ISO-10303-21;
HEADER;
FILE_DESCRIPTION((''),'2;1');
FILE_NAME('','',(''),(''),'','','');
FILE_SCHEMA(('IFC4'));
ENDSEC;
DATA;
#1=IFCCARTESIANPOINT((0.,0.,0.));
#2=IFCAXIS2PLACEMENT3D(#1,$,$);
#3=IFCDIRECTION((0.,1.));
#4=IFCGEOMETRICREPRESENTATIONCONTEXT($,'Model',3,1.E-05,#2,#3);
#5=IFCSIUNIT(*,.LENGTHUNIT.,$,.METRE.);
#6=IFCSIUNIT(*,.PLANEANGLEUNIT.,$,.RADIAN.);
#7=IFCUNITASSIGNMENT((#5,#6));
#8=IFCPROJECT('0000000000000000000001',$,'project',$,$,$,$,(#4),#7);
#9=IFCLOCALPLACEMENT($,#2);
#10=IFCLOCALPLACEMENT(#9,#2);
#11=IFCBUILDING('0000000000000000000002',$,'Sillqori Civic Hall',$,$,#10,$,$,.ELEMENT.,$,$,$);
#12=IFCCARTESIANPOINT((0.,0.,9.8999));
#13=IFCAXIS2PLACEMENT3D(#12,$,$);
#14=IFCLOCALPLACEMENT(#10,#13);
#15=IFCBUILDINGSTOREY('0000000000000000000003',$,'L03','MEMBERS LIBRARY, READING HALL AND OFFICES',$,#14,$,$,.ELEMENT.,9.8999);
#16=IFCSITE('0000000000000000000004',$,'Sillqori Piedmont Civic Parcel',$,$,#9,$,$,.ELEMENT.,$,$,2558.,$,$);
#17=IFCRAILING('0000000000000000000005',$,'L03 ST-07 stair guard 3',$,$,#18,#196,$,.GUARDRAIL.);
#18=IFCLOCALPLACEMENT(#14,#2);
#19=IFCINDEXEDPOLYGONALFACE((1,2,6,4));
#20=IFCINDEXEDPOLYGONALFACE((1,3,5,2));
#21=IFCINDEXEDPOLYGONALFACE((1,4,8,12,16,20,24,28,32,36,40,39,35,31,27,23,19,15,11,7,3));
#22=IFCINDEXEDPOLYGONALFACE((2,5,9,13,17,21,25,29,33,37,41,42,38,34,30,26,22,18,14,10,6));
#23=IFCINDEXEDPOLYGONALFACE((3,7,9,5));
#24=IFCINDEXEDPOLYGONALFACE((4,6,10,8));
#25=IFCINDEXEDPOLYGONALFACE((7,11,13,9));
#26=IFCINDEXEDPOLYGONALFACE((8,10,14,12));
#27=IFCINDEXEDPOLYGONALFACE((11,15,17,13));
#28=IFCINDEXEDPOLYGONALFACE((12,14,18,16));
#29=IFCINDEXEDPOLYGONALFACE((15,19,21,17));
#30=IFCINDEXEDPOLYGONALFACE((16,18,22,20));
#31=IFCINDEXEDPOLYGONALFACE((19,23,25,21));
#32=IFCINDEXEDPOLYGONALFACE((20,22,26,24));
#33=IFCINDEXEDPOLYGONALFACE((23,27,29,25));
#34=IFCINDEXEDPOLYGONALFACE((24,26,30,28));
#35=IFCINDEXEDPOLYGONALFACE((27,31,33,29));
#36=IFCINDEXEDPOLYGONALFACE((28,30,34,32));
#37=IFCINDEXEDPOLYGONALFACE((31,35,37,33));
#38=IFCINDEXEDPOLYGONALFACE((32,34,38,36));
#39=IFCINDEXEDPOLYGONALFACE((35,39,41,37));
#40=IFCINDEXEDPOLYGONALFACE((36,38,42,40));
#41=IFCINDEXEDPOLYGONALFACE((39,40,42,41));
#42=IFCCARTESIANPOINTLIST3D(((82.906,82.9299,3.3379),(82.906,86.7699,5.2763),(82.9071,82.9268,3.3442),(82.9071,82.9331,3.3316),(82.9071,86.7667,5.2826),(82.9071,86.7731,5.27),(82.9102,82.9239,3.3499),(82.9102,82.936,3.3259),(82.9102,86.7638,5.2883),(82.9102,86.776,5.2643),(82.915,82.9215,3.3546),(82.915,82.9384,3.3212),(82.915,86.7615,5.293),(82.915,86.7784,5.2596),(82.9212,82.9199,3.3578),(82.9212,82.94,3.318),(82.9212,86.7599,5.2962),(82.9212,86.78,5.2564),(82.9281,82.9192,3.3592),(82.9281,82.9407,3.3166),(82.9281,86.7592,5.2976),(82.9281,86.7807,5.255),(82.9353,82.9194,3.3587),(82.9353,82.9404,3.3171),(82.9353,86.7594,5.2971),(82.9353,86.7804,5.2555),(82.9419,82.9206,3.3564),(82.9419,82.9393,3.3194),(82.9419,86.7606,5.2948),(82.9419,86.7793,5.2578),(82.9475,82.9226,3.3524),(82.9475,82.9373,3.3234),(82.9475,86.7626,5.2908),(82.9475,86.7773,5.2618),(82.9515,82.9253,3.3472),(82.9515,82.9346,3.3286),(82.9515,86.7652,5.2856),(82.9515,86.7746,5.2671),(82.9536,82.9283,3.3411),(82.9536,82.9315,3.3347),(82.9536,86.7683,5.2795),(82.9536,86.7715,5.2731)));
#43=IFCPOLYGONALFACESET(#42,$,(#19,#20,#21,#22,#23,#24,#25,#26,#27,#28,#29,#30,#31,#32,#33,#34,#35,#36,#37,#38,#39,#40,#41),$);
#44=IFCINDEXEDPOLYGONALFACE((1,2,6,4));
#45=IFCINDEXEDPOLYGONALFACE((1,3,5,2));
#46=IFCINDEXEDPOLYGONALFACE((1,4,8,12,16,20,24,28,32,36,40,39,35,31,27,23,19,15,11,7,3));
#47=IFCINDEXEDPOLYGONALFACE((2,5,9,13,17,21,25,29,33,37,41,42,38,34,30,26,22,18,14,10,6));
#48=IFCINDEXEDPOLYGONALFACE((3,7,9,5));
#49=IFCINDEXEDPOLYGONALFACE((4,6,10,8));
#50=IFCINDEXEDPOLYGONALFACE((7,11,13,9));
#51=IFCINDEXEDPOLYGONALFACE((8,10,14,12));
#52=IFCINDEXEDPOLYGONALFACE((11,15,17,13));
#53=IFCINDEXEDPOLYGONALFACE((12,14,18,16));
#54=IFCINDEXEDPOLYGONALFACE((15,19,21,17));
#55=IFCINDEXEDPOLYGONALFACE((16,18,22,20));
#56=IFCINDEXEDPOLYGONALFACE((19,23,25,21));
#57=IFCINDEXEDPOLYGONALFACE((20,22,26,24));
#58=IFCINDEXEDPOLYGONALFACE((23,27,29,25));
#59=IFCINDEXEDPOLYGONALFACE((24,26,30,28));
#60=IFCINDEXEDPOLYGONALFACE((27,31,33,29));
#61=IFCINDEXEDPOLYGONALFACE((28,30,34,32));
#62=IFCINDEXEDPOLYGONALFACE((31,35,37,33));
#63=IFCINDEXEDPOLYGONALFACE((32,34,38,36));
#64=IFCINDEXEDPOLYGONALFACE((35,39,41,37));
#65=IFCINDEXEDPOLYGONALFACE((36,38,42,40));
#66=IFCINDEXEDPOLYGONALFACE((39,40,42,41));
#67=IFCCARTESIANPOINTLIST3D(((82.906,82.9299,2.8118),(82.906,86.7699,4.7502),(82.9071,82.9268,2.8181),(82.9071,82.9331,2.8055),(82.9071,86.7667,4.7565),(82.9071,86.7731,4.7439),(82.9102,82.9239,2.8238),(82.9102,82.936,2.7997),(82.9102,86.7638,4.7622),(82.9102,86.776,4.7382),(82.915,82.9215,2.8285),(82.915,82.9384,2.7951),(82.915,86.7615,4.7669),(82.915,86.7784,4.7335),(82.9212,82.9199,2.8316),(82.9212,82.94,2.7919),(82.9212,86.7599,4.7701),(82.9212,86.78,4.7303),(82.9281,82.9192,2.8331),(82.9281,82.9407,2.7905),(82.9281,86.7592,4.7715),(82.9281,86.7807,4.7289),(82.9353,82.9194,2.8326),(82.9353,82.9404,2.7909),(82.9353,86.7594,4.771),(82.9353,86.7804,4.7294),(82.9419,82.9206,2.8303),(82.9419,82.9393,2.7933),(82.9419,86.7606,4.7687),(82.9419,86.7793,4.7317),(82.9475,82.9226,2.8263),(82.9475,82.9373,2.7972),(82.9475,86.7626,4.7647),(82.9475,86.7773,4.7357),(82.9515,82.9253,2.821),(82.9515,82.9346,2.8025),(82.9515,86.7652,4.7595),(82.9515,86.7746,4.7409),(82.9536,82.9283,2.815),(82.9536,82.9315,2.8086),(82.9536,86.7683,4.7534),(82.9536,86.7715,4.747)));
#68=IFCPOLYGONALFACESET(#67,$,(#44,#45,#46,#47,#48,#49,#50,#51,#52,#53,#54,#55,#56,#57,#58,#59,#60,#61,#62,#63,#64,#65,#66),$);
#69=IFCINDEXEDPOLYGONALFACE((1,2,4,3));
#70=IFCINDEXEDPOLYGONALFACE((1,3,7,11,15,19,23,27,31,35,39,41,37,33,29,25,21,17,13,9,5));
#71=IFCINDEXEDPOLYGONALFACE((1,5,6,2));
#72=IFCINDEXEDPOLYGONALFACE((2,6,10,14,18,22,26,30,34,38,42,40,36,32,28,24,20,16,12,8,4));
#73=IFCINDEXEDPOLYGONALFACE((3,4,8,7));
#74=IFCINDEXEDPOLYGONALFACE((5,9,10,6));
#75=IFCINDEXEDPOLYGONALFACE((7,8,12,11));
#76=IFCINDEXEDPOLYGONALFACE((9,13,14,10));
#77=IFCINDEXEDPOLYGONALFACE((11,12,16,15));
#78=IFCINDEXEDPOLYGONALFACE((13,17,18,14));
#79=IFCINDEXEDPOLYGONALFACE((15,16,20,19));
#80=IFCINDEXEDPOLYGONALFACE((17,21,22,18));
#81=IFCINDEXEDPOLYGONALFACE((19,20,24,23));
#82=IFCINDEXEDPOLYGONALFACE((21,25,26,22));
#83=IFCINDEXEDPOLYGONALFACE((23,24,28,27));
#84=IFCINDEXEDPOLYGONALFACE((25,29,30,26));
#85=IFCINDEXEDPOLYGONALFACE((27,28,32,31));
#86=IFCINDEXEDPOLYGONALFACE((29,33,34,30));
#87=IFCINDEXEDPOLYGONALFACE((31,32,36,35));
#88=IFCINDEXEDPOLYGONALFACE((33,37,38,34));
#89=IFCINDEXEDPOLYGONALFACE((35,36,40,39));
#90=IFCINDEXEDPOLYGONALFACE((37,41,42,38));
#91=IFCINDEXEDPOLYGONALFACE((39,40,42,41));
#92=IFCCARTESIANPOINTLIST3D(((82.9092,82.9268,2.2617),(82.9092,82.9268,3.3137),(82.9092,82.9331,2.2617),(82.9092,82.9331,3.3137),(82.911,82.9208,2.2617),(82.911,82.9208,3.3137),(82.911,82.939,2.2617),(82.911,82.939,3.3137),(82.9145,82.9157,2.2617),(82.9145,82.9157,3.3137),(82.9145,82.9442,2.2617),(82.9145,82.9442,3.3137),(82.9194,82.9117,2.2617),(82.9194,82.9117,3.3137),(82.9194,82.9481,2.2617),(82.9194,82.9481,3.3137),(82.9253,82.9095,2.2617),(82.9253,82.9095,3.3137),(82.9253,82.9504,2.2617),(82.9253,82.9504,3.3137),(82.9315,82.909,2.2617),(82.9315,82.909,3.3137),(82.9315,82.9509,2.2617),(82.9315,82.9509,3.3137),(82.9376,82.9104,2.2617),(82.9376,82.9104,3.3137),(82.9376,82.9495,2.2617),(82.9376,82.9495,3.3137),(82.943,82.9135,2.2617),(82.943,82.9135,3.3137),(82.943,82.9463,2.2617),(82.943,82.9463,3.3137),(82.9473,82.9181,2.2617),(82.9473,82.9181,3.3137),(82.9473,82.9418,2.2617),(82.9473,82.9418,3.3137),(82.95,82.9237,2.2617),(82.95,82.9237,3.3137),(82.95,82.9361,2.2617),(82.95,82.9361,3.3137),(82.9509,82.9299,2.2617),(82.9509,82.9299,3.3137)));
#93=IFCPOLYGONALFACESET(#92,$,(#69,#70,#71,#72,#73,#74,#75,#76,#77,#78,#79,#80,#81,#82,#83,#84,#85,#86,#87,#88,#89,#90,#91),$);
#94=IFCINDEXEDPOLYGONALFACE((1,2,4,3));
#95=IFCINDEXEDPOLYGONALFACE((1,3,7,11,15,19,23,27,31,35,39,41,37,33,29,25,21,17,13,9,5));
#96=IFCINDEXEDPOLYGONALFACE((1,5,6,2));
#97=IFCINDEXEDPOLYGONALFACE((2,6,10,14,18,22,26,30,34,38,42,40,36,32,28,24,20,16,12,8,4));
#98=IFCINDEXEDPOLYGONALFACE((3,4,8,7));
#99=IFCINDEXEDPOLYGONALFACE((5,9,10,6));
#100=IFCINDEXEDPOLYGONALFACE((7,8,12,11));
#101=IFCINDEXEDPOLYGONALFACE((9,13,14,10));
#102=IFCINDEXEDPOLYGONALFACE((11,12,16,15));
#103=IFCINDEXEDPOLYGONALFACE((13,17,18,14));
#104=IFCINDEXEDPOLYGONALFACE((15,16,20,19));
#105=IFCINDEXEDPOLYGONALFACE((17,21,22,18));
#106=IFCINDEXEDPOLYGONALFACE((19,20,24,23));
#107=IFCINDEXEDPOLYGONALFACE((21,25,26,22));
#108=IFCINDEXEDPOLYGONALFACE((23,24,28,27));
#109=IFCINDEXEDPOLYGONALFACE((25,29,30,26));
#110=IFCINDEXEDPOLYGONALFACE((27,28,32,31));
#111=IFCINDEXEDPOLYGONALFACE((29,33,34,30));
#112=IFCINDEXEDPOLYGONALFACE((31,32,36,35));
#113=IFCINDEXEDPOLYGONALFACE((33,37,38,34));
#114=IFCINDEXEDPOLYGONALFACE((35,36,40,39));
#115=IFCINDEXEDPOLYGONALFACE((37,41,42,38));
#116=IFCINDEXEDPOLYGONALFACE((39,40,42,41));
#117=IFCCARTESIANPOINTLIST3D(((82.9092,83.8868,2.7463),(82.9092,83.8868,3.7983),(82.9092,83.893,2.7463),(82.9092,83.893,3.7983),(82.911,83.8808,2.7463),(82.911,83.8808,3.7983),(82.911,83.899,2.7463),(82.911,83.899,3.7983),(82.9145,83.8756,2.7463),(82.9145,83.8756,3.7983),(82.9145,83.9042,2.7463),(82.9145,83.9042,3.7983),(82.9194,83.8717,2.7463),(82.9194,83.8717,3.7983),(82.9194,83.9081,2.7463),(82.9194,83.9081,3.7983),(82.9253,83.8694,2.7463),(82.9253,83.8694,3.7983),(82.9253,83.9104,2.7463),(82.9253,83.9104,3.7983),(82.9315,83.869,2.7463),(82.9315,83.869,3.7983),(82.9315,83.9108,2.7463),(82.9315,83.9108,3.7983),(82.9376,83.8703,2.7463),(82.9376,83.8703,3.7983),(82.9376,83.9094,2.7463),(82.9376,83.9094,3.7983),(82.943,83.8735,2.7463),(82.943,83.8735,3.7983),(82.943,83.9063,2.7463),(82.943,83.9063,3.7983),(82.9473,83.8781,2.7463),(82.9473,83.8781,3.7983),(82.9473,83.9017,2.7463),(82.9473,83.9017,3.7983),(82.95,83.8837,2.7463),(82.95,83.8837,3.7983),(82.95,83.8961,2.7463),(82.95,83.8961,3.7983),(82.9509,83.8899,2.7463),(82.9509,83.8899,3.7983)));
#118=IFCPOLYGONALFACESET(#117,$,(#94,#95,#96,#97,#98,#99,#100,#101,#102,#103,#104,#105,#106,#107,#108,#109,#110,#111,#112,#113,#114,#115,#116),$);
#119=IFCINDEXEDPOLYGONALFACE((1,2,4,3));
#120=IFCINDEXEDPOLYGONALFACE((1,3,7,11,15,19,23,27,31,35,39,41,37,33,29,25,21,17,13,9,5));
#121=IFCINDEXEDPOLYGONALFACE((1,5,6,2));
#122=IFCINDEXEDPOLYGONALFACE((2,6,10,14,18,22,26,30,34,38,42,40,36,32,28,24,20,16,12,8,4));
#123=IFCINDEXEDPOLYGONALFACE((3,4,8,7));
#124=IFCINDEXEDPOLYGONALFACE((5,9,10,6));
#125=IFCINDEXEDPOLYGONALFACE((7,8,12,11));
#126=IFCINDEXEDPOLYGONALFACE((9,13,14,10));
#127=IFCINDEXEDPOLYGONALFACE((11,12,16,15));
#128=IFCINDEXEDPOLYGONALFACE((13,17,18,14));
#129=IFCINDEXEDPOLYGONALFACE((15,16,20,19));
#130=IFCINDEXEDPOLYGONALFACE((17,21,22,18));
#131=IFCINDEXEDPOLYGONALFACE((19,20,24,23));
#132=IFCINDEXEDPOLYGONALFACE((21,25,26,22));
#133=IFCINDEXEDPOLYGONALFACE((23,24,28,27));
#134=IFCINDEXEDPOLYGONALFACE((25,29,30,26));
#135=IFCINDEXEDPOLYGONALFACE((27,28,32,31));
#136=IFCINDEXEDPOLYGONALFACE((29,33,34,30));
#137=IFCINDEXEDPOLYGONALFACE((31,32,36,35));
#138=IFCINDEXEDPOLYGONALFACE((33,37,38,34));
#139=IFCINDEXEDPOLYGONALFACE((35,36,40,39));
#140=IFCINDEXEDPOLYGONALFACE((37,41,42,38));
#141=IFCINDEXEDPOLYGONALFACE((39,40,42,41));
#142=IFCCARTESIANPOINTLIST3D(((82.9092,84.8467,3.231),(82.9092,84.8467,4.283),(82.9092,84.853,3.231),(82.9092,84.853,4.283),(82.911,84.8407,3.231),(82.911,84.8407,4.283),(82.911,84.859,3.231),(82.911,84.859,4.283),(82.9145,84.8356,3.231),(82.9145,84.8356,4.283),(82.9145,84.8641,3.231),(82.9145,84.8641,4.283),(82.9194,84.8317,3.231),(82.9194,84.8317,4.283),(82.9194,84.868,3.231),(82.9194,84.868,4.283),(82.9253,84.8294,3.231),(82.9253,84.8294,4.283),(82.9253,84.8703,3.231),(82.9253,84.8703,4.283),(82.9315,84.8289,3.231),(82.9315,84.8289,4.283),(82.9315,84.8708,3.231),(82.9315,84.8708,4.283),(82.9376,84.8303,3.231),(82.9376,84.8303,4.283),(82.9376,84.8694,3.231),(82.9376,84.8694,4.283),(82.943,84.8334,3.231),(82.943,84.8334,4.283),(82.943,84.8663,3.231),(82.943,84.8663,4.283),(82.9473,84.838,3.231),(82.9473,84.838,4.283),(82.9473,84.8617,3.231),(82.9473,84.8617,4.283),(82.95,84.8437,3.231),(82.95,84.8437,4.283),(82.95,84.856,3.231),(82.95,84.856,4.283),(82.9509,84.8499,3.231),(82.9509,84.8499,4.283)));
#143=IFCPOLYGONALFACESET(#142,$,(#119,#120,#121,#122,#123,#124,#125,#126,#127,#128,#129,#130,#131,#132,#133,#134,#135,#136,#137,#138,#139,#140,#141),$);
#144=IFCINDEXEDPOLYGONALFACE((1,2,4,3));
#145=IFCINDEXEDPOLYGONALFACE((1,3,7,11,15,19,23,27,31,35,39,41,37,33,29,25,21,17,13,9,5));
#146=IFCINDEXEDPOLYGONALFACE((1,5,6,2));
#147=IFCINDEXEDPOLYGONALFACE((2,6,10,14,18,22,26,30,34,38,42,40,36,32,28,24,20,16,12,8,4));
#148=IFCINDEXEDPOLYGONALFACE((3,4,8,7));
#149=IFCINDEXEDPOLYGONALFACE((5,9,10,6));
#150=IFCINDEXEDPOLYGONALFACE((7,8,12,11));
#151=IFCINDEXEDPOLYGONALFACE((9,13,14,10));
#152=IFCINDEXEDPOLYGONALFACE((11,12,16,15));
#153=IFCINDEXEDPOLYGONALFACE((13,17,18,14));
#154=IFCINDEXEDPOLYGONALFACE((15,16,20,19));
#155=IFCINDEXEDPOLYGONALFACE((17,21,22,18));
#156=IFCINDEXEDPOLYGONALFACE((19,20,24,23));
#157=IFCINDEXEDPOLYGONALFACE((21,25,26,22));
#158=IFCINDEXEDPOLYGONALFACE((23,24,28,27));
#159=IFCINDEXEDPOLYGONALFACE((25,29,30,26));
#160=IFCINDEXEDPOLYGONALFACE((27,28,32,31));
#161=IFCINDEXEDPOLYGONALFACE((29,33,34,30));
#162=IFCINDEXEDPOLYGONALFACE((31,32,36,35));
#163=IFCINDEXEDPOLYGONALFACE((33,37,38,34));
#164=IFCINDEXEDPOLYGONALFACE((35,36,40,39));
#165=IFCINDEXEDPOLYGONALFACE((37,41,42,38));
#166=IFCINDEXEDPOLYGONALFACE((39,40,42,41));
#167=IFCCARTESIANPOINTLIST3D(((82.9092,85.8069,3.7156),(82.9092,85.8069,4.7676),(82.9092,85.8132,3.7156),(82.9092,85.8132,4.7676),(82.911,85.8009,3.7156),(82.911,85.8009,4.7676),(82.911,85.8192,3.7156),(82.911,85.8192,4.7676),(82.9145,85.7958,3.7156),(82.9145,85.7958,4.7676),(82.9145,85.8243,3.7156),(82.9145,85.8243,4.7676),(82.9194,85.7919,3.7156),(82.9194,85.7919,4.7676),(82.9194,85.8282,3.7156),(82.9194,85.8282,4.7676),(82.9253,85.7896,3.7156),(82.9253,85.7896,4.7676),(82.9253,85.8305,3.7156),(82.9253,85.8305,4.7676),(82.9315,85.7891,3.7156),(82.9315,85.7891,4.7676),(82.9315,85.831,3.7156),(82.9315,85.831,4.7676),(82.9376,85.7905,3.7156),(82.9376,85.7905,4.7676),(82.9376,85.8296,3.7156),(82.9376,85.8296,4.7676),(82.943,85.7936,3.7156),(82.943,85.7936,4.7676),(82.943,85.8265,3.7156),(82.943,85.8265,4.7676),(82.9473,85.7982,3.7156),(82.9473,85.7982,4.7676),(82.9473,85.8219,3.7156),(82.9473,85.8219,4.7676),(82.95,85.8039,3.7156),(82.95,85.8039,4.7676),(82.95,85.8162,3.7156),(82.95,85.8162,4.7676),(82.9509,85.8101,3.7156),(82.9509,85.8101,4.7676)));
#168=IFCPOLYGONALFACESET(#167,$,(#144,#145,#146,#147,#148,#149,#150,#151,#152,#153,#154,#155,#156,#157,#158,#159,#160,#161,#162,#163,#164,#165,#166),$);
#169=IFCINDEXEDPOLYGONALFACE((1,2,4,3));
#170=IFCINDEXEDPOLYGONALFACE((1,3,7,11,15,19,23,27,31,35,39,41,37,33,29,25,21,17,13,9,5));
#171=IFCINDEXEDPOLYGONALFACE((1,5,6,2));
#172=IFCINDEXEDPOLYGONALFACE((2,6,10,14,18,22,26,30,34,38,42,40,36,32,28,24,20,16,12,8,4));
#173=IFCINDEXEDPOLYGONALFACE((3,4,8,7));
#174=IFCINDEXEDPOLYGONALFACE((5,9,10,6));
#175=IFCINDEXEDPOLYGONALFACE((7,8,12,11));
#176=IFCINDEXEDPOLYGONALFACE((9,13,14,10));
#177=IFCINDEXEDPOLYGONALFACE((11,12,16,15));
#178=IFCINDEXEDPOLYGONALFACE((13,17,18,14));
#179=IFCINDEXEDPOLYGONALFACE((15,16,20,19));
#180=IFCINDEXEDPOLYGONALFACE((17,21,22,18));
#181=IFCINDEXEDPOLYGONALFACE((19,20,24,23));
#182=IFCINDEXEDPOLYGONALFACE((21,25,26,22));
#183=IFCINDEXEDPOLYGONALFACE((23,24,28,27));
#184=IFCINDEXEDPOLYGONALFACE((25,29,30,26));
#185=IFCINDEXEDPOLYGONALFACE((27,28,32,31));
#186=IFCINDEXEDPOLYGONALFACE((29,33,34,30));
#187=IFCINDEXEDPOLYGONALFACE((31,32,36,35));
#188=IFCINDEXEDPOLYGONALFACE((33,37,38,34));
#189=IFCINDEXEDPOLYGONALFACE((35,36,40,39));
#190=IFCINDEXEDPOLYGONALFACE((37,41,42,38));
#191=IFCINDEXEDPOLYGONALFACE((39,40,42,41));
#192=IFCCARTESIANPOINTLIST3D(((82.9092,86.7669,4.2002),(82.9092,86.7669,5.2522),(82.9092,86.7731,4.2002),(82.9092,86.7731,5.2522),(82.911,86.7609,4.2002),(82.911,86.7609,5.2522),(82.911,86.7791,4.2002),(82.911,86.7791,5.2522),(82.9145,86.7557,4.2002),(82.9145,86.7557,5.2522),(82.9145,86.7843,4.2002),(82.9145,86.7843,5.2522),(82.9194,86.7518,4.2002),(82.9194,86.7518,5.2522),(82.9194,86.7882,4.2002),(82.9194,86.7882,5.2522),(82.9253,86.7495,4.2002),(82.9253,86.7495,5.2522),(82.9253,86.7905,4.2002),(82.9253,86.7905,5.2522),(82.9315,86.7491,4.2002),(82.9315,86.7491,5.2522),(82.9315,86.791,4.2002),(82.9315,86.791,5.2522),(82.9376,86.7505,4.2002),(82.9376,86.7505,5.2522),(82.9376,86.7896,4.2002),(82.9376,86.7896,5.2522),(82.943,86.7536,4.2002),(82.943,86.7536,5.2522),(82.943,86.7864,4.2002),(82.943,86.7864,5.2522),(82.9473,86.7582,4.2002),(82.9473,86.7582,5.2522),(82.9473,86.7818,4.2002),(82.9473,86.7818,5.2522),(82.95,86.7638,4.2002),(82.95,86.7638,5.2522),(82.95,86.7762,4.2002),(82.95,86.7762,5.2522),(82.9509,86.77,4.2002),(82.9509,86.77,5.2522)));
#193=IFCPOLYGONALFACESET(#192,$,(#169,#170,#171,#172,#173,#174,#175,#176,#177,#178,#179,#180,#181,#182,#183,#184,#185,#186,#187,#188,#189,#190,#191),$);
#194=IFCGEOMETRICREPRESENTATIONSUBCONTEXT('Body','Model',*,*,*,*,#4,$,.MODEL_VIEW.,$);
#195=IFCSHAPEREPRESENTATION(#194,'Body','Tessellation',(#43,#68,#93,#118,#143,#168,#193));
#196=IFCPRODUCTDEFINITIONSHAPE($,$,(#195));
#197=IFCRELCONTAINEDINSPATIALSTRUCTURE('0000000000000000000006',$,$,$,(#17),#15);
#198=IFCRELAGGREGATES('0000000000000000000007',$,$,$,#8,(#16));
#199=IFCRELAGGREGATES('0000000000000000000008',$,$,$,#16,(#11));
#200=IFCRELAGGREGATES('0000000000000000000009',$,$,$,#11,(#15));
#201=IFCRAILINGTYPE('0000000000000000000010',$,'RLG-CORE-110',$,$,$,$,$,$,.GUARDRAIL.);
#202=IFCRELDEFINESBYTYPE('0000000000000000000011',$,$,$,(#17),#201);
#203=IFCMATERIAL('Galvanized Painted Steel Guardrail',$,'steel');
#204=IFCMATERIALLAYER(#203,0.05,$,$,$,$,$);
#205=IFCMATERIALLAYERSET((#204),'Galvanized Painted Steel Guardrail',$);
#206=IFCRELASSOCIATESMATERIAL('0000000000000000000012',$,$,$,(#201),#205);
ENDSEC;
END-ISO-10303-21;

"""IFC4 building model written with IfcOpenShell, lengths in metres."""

from ifc_helpers import new_model, si_unit, direction, frame, origin, origin_2d, place, context, subcontext, project, spatial, circle, extrude, material, layer, layer_set, type_object, element, save


model = new_model("IFC4")

# Units and contexts
model_context = context("Model", 3, precision=1e-05, world=origin(), true_north=direction((0.0, 1.0)))
body_context = subcontext(model_context, "Body", "Model", "MODEL_VIEW")
ifc_project = project(units=[si_unit("LENGTHUNIT", "METRE"), si_unit("PLANEANGLEUNIT", "RADIAN")], contexts=[model_context])

# Site, building, storey
site_placement = place(None, origin())
site = spatial("IfcSite", under=ifc_project, at=site_placement, Name="Sillqori Piedmont Civic Parcel", CompositionType="ELEMENT", RefElevation=2558.0)
building_placement = place(site_placement, origin())
building = spatial("IfcBuilding", under=site, at=building_placement, Name="Sillqori Civic Hall", CompositionType="ELEMENT")
storey_placement = place(building_placement, frame((0.0, 0.0, 9.8999)))
storey = spatial("IfcBuildingStorey", under=building, at=storey_placement, Name="L03", Description="MEMBERS LIBRARY, READING HALL AND OFFICES", CompositionType="ELEMENT", Elevation=9.8999)

# Railing
ifc_material_1 = material(Name="Galvanized Painted Steel Guardrail", Category="steel")
ifc_layer_1 = layer(ifc_material_1, 0.05)
ifc_layer_set_1 = layer_set([ifc_layer_1], Name="Galvanized Painted Steel Guardrail")
railing_type_1 = type_object("IfcRailingType", Name="RLG-CORE-110", PredefinedType="GUARDRAIL", material=ifc_layer_set_1)
railing_1_placement = place(storey_placement, frame((82.9299, 82.9299, 2.2617)))
element("IfcRailing", 1, at=railing_1_placement, inside=storey, type_object=railing_type_1, Name="L03 ST-07 stair guard 3", PredefinedType="GUARDRAIL", context=body_context, shape_type="SweptSolid", body=[
    extrude(circle(Radius=0.0239, at=origin_2d()), frame((0.0, 0.0, 1.0762), z_axis=(0.0, 0.892707, 0.450638), x_axis=(-1.0, 0.0, 0.0)), (0.0, 0.0, 1.0), 4.3015),
    extrude(circle(Radius=0.0239, at=origin_2d()), frame((0.0, 0.0, 0.55), z_axis=(0.0, 0.892707, 0.450638), x_axis=(-1.0, 0.0, 0.0)), (0.0, 0.0, 1.0), 4.3015),
    extrude(circle(Radius=0.021, at=origin_2d()), origin(), (0.0, 0.0, 1.0), 1.052),
    extrude(circle(Radius=0.021, at=origin_2d()), frame((0.0, 0.96, 0.4846)), (0.0, 0.0, 1.0), 1.052),
    extrude(circle(Radius=0.021, at=origin_2d()), frame((0.0, 1.9199, 0.9692)), (0.0, 0.0, 1.0), 1.052),
    extrude(circle(Radius=0.021, at=origin_2d()), frame((0.0, 2.8801, 1.4539)), (0.0, 0.0, 1.0), 1.052),
    extrude(circle(Radius=0.021, at=origin_2d()), frame((0.0, 3.8401, 1.9385)), (0.0, 0.0, 1.0), 1.052),
])

save(model, "model.ifc")
